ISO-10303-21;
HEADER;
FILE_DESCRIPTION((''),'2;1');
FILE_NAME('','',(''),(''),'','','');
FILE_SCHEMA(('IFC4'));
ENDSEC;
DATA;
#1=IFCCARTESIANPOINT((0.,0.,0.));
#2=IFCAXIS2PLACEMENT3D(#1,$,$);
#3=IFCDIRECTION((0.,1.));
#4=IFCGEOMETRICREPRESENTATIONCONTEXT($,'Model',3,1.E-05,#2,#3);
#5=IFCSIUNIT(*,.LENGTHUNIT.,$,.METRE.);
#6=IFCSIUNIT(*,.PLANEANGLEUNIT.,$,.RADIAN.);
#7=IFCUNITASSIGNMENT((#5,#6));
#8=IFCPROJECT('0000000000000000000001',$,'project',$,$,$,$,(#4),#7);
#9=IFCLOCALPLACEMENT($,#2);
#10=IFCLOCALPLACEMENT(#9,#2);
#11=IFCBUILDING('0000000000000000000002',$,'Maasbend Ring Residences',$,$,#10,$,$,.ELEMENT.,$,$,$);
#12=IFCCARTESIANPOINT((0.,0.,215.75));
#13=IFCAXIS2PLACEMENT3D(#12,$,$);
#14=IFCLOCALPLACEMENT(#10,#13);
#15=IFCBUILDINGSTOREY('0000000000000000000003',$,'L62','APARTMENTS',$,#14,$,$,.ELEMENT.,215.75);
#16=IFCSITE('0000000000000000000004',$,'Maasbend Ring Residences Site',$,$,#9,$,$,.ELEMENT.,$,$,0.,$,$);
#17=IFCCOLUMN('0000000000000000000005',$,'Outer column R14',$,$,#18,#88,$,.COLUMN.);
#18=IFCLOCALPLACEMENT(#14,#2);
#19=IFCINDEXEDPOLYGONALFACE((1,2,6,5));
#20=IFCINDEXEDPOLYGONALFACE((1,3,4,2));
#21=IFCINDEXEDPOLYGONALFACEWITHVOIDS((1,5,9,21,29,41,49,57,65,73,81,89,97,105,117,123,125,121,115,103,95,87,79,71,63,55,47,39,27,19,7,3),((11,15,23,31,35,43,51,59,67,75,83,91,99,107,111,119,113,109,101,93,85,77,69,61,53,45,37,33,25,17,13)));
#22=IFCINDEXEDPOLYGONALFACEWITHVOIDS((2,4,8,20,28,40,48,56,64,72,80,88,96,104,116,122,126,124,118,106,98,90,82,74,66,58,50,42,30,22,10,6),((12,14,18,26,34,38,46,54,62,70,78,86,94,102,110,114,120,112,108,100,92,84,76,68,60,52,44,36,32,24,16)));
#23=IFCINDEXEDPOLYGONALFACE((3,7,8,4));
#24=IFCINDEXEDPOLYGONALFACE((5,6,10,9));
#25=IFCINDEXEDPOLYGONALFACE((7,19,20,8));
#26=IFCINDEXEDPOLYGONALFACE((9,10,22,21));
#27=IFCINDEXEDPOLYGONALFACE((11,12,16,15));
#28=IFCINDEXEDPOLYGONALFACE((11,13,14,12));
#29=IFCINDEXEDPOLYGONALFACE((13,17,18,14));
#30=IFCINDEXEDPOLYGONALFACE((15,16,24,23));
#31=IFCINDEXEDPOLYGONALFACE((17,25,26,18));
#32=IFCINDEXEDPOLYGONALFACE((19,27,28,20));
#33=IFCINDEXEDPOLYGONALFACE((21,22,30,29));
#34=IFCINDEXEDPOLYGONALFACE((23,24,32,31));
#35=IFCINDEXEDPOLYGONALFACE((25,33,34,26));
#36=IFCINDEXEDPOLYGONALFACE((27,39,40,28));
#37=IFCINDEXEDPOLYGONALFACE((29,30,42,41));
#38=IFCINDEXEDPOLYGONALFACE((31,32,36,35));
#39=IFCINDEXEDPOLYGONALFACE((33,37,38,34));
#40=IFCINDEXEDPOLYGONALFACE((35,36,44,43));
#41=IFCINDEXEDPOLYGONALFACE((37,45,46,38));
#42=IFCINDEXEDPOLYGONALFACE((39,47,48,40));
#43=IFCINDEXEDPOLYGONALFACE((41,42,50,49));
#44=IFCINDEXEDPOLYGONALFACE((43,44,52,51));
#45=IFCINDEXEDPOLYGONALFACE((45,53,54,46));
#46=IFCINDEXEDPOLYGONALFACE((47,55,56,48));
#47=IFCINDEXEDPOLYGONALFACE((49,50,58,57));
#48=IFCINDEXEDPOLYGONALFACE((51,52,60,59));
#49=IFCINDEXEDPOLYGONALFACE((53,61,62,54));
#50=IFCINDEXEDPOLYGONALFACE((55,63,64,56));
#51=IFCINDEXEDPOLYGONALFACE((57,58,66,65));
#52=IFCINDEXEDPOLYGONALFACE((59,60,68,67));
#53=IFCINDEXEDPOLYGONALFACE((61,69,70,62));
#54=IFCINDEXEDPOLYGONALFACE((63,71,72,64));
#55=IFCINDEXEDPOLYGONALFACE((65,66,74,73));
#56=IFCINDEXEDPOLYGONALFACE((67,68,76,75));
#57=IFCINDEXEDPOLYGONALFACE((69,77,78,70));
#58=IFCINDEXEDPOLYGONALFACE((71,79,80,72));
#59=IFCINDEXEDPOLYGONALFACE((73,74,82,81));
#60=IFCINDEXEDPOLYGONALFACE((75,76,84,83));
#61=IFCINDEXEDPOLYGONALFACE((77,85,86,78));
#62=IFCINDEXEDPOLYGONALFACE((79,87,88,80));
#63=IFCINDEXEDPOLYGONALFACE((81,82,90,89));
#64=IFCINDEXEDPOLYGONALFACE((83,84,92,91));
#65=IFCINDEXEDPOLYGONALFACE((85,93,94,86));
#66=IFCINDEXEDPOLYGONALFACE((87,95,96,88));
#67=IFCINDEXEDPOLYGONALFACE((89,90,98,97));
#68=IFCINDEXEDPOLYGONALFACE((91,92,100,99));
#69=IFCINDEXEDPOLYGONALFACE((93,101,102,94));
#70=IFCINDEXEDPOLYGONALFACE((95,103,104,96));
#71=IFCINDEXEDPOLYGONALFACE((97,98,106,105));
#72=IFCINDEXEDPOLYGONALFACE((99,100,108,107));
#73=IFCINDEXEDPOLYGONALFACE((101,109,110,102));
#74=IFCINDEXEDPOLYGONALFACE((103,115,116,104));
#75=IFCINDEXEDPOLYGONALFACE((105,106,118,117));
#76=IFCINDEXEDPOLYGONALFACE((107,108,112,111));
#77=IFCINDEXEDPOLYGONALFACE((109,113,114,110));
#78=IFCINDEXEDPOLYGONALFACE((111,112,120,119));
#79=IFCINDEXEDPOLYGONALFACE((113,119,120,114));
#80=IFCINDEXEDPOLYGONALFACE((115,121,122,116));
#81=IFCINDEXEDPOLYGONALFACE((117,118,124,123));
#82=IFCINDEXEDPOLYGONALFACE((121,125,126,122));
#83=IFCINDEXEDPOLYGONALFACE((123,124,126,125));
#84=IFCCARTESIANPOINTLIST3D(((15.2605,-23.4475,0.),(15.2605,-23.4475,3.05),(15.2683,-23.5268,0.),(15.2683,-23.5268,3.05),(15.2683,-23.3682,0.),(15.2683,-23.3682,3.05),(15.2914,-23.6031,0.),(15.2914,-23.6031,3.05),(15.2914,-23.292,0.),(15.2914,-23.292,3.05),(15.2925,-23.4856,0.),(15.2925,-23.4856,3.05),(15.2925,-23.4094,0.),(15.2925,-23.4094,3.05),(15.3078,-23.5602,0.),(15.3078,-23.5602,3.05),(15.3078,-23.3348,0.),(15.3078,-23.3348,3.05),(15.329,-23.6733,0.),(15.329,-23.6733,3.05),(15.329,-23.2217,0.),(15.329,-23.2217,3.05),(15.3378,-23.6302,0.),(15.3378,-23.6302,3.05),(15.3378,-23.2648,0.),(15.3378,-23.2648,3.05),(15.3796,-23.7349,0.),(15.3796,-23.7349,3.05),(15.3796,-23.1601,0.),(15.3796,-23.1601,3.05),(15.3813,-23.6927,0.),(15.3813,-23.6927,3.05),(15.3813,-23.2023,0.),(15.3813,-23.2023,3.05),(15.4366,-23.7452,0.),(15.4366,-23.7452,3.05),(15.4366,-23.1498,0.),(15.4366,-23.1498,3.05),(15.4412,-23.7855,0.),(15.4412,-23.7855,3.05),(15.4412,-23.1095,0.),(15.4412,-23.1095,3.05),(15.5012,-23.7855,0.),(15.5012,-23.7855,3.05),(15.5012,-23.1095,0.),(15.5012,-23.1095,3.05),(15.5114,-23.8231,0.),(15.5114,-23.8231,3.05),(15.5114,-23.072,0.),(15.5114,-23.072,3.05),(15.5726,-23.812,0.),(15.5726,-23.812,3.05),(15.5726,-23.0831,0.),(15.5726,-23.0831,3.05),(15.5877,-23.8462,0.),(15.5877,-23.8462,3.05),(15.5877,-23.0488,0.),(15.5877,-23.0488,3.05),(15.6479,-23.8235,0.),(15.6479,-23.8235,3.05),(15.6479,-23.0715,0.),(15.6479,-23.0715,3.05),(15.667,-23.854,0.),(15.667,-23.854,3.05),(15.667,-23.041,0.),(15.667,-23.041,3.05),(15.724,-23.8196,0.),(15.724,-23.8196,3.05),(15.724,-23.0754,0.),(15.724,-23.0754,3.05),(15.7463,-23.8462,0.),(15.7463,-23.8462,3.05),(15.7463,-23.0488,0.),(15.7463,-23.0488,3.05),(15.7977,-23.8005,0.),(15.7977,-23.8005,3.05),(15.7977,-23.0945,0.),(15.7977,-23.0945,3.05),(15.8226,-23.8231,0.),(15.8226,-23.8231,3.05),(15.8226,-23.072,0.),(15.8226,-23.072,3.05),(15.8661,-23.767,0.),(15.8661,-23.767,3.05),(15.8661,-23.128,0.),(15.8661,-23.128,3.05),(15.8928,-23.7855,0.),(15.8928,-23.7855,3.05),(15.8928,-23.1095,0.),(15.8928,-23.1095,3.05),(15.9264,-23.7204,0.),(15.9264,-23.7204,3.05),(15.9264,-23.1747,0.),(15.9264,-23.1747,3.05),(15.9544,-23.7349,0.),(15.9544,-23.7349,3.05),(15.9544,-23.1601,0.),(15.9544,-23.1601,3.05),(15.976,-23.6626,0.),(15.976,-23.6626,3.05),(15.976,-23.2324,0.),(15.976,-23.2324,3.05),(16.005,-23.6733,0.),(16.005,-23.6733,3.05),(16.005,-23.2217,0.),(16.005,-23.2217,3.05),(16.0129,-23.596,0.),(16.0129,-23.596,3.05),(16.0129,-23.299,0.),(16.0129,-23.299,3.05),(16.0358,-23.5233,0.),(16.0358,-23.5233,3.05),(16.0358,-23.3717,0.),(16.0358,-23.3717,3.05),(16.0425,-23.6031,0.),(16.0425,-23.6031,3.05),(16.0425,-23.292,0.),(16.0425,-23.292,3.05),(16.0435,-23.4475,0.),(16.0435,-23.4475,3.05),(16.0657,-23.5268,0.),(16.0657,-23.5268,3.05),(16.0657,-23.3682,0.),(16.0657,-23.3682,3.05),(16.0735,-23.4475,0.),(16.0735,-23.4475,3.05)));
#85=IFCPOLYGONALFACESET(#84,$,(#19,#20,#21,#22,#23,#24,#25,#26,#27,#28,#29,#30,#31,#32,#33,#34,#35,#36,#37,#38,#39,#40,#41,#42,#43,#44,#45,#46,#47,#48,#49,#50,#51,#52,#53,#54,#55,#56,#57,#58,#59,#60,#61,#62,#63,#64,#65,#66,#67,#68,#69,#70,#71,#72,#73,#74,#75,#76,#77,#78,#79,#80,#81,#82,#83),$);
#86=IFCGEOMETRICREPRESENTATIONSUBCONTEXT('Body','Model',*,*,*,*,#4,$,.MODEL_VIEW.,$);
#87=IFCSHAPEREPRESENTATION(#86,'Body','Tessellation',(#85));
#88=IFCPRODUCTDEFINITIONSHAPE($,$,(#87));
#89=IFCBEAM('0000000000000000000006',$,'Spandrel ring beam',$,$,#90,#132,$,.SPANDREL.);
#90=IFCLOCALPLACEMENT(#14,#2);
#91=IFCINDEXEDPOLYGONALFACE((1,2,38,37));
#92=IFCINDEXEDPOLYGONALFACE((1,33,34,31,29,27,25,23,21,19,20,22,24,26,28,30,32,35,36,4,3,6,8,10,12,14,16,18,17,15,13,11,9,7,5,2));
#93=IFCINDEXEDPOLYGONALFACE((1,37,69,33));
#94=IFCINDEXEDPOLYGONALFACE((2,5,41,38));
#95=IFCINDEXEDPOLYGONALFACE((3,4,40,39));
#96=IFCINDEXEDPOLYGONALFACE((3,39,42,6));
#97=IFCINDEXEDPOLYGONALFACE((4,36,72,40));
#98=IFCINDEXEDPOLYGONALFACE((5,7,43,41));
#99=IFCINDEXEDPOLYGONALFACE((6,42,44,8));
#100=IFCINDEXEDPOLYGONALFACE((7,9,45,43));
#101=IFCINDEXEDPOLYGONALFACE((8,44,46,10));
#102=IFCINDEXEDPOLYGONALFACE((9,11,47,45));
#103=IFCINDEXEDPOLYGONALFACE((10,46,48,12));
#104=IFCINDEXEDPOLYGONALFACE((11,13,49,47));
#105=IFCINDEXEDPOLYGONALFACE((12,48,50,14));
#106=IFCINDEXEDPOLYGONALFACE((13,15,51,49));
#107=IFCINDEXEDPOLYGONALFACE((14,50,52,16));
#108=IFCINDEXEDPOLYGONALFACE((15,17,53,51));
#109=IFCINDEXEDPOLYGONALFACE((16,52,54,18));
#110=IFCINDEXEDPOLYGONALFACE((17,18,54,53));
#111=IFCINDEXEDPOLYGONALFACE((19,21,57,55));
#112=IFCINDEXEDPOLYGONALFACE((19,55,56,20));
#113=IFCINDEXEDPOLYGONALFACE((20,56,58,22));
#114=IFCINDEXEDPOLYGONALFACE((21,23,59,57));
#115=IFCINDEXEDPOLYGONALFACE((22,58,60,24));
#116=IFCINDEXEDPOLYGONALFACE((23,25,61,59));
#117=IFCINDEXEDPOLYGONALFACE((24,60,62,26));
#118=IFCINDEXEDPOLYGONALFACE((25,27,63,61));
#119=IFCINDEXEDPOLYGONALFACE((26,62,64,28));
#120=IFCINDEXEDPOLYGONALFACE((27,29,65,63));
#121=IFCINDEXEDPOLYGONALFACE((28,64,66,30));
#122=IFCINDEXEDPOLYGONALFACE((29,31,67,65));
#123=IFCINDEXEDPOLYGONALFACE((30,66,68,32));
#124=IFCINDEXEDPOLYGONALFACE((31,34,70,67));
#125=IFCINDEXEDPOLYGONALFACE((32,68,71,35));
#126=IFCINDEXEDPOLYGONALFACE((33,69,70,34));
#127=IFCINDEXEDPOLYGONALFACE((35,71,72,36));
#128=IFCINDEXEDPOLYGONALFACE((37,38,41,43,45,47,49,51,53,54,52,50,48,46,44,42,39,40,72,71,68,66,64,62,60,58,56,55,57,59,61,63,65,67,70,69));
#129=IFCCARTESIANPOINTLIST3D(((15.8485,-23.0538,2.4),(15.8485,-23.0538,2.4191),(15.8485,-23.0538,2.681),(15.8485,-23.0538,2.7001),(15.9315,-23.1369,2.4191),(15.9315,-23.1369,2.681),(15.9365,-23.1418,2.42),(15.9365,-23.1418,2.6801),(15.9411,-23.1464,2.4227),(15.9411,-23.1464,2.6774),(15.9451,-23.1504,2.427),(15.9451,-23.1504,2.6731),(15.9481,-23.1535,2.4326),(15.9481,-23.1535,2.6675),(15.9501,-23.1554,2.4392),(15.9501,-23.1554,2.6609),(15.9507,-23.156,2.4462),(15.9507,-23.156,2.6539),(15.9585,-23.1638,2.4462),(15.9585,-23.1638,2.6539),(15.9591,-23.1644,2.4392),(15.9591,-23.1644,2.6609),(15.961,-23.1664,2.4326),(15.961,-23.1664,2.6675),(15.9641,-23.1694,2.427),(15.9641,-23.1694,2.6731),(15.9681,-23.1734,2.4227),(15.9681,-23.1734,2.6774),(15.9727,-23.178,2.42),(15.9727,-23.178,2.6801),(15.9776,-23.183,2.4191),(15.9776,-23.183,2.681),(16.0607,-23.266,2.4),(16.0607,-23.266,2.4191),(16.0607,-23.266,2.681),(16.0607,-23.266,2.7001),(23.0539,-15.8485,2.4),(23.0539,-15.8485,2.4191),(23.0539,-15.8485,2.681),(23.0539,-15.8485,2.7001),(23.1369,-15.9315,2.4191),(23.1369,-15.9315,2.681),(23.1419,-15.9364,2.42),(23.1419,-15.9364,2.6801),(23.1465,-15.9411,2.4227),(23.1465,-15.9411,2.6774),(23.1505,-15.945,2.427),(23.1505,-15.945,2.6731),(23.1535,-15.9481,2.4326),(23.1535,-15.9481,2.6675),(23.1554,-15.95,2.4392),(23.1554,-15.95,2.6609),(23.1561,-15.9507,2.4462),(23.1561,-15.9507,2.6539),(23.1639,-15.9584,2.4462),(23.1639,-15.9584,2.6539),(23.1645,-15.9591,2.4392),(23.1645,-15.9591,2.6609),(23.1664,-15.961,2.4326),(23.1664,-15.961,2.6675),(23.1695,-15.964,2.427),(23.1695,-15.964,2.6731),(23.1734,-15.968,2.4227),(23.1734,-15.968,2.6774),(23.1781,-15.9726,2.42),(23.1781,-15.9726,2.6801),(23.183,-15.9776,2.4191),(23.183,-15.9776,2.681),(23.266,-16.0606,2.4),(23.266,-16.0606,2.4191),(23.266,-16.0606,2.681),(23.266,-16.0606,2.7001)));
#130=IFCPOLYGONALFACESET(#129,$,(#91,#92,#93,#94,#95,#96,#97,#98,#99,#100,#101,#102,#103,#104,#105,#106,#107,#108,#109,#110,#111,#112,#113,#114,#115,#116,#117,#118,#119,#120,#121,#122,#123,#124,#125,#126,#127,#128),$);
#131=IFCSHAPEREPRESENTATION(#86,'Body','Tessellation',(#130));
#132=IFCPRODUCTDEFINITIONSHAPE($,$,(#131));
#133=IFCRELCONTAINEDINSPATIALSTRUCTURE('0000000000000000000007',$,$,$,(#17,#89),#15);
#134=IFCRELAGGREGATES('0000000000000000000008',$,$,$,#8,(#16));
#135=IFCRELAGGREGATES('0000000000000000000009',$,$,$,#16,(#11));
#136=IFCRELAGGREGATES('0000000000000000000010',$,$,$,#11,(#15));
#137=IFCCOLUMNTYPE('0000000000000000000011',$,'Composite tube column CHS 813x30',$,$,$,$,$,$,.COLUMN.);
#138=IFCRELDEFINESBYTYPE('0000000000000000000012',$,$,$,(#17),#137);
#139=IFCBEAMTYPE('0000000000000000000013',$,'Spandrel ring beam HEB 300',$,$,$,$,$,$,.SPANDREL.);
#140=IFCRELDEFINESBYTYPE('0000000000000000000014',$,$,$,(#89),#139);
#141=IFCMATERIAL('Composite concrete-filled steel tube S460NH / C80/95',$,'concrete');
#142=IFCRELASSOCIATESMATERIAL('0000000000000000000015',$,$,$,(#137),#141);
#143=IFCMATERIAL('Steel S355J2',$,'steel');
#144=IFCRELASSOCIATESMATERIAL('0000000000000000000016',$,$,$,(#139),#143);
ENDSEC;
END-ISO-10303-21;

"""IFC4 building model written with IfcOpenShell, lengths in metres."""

from ifc_helpers import new_model, si_unit, direction, frame, origin, origin_2d, place, context, subcontext, project, spatial, hollow_circle, i_section, extrude, material, material_profile, profile_set, type_object, element, save


model = new_model("IFC4")

# Units and contexts
model_context = context("Model", 3, precision=1e-05, world=origin(), true_north=direction((0.0, 1.0)))
body_context = subcontext(model_context, "Body", "Model", "MODEL_VIEW")
ifc_project = project(units=[si_unit("LENGTHUNIT", "METRE"), si_unit("PLANEANGLEUNIT", "RADIAN")], contexts=[model_context])

# Site, building, storey
site_placement = place(None, origin())
site = spatial("IfcSite", under=ifc_project, at=site_placement, Name="Maasbend Ring Residences Site", CompositionType="ELEMENT", RefElevation=0.0)
building_placement = place(site_placement, origin())
building = spatial("IfcBuilding", under=site, at=building_placement, Name="Maasbend Ring Residences", CompositionType="ELEMENT")
storey_placement = place(building_placement, frame((0.0, 0.0, 215.75)))
storey = spatial("IfcBuildingStorey", under=building, at=storey_placement, Name="L62", Description="APARTMENTS", CompositionType="ELEMENT", Elevation=215.75)

# Column
ifc_material_1 = material(Name="Composite concrete-filled steel tube S460NH / C80/95", Category="concrete")
ifc_material_profile_1 = material_profile(ifc_material_1, hollow_circle(Radius=0.4065, WallThickness=0.03, at=origin_2d()), Name="Composite tube column CHS 813x30")
ifc_profile_set_1 = profile_set([ifc_material_profile_1], Name="Composite concrete-filled steel tube S460NH / C80/95")
column_type = type_object("IfcColumnType", Name="Composite tube column CHS 813x30", PredefinedType="COLUMN", material=ifc_profile_set_1)
column_placement = place(storey_placement, frame((15.667, -23.4475, 0.0), z_axis=(0.0, 0.0, 1.0), x_axis=(1.0, 0.0, 0.0)))
element("IfcColumn", 1, at=column_placement, inside=storey, type_object=column_type, Name="Outer column R14", PredefinedType="COLUMN", context=body_context, shape_type="SweptSolid", body=[
    extrude(hollow_circle(Radius=0.4065, WallThickness=0.03, at=origin_2d()), origin(), (0.0, 0.0, 1.0), 3.05),
])

# Beam
ifc_material_2 = material(Name="Steel S355J2", Category="steel")
ifc_material_profile_2 = material_profile(ifc_material_2, i_section(OverallWidth=0.3, OverallDepth=0.3, WebThickness=0.011, FlangeThickness=0.019, FilletRadius=0.0271, at=origin_2d()), Name="HEB 300")
ifc_profile_set_2 = profile_set([ifc_material_profile_2], Name="Steel S355J2")
beam_type = type_object("IfcBeamType", Name="Spandrel ring beam HEB 300", PredefinedType="SPANDREL", material=ifc_profile_set_2)
beam_placement = place(storey_placement, frame((15.9546, -23.1599, 2.55), z_axis=(0.707107, 0.707107, 0.0), x_axis=(-0.707107, 0.707107, 0.0)))
element("IfcBeam", 2, at=beam_placement, inside=storey, type_object=beam_type, Name="Spandrel ring beam", PredefinedType="SPANDREL", context=body_context, shape_type="SweptSolid", body=[
    extrude(i_section(OverallWidth=0.3, OverallDepth=0.3, WebThickness=0.011, FlangeThickness=0.019, FilletRadius=0.0271, at=origin_2d()), origin(), (0.0, 0.0, 1.0), 10.1899),
])

save(model, "model.ifc")
